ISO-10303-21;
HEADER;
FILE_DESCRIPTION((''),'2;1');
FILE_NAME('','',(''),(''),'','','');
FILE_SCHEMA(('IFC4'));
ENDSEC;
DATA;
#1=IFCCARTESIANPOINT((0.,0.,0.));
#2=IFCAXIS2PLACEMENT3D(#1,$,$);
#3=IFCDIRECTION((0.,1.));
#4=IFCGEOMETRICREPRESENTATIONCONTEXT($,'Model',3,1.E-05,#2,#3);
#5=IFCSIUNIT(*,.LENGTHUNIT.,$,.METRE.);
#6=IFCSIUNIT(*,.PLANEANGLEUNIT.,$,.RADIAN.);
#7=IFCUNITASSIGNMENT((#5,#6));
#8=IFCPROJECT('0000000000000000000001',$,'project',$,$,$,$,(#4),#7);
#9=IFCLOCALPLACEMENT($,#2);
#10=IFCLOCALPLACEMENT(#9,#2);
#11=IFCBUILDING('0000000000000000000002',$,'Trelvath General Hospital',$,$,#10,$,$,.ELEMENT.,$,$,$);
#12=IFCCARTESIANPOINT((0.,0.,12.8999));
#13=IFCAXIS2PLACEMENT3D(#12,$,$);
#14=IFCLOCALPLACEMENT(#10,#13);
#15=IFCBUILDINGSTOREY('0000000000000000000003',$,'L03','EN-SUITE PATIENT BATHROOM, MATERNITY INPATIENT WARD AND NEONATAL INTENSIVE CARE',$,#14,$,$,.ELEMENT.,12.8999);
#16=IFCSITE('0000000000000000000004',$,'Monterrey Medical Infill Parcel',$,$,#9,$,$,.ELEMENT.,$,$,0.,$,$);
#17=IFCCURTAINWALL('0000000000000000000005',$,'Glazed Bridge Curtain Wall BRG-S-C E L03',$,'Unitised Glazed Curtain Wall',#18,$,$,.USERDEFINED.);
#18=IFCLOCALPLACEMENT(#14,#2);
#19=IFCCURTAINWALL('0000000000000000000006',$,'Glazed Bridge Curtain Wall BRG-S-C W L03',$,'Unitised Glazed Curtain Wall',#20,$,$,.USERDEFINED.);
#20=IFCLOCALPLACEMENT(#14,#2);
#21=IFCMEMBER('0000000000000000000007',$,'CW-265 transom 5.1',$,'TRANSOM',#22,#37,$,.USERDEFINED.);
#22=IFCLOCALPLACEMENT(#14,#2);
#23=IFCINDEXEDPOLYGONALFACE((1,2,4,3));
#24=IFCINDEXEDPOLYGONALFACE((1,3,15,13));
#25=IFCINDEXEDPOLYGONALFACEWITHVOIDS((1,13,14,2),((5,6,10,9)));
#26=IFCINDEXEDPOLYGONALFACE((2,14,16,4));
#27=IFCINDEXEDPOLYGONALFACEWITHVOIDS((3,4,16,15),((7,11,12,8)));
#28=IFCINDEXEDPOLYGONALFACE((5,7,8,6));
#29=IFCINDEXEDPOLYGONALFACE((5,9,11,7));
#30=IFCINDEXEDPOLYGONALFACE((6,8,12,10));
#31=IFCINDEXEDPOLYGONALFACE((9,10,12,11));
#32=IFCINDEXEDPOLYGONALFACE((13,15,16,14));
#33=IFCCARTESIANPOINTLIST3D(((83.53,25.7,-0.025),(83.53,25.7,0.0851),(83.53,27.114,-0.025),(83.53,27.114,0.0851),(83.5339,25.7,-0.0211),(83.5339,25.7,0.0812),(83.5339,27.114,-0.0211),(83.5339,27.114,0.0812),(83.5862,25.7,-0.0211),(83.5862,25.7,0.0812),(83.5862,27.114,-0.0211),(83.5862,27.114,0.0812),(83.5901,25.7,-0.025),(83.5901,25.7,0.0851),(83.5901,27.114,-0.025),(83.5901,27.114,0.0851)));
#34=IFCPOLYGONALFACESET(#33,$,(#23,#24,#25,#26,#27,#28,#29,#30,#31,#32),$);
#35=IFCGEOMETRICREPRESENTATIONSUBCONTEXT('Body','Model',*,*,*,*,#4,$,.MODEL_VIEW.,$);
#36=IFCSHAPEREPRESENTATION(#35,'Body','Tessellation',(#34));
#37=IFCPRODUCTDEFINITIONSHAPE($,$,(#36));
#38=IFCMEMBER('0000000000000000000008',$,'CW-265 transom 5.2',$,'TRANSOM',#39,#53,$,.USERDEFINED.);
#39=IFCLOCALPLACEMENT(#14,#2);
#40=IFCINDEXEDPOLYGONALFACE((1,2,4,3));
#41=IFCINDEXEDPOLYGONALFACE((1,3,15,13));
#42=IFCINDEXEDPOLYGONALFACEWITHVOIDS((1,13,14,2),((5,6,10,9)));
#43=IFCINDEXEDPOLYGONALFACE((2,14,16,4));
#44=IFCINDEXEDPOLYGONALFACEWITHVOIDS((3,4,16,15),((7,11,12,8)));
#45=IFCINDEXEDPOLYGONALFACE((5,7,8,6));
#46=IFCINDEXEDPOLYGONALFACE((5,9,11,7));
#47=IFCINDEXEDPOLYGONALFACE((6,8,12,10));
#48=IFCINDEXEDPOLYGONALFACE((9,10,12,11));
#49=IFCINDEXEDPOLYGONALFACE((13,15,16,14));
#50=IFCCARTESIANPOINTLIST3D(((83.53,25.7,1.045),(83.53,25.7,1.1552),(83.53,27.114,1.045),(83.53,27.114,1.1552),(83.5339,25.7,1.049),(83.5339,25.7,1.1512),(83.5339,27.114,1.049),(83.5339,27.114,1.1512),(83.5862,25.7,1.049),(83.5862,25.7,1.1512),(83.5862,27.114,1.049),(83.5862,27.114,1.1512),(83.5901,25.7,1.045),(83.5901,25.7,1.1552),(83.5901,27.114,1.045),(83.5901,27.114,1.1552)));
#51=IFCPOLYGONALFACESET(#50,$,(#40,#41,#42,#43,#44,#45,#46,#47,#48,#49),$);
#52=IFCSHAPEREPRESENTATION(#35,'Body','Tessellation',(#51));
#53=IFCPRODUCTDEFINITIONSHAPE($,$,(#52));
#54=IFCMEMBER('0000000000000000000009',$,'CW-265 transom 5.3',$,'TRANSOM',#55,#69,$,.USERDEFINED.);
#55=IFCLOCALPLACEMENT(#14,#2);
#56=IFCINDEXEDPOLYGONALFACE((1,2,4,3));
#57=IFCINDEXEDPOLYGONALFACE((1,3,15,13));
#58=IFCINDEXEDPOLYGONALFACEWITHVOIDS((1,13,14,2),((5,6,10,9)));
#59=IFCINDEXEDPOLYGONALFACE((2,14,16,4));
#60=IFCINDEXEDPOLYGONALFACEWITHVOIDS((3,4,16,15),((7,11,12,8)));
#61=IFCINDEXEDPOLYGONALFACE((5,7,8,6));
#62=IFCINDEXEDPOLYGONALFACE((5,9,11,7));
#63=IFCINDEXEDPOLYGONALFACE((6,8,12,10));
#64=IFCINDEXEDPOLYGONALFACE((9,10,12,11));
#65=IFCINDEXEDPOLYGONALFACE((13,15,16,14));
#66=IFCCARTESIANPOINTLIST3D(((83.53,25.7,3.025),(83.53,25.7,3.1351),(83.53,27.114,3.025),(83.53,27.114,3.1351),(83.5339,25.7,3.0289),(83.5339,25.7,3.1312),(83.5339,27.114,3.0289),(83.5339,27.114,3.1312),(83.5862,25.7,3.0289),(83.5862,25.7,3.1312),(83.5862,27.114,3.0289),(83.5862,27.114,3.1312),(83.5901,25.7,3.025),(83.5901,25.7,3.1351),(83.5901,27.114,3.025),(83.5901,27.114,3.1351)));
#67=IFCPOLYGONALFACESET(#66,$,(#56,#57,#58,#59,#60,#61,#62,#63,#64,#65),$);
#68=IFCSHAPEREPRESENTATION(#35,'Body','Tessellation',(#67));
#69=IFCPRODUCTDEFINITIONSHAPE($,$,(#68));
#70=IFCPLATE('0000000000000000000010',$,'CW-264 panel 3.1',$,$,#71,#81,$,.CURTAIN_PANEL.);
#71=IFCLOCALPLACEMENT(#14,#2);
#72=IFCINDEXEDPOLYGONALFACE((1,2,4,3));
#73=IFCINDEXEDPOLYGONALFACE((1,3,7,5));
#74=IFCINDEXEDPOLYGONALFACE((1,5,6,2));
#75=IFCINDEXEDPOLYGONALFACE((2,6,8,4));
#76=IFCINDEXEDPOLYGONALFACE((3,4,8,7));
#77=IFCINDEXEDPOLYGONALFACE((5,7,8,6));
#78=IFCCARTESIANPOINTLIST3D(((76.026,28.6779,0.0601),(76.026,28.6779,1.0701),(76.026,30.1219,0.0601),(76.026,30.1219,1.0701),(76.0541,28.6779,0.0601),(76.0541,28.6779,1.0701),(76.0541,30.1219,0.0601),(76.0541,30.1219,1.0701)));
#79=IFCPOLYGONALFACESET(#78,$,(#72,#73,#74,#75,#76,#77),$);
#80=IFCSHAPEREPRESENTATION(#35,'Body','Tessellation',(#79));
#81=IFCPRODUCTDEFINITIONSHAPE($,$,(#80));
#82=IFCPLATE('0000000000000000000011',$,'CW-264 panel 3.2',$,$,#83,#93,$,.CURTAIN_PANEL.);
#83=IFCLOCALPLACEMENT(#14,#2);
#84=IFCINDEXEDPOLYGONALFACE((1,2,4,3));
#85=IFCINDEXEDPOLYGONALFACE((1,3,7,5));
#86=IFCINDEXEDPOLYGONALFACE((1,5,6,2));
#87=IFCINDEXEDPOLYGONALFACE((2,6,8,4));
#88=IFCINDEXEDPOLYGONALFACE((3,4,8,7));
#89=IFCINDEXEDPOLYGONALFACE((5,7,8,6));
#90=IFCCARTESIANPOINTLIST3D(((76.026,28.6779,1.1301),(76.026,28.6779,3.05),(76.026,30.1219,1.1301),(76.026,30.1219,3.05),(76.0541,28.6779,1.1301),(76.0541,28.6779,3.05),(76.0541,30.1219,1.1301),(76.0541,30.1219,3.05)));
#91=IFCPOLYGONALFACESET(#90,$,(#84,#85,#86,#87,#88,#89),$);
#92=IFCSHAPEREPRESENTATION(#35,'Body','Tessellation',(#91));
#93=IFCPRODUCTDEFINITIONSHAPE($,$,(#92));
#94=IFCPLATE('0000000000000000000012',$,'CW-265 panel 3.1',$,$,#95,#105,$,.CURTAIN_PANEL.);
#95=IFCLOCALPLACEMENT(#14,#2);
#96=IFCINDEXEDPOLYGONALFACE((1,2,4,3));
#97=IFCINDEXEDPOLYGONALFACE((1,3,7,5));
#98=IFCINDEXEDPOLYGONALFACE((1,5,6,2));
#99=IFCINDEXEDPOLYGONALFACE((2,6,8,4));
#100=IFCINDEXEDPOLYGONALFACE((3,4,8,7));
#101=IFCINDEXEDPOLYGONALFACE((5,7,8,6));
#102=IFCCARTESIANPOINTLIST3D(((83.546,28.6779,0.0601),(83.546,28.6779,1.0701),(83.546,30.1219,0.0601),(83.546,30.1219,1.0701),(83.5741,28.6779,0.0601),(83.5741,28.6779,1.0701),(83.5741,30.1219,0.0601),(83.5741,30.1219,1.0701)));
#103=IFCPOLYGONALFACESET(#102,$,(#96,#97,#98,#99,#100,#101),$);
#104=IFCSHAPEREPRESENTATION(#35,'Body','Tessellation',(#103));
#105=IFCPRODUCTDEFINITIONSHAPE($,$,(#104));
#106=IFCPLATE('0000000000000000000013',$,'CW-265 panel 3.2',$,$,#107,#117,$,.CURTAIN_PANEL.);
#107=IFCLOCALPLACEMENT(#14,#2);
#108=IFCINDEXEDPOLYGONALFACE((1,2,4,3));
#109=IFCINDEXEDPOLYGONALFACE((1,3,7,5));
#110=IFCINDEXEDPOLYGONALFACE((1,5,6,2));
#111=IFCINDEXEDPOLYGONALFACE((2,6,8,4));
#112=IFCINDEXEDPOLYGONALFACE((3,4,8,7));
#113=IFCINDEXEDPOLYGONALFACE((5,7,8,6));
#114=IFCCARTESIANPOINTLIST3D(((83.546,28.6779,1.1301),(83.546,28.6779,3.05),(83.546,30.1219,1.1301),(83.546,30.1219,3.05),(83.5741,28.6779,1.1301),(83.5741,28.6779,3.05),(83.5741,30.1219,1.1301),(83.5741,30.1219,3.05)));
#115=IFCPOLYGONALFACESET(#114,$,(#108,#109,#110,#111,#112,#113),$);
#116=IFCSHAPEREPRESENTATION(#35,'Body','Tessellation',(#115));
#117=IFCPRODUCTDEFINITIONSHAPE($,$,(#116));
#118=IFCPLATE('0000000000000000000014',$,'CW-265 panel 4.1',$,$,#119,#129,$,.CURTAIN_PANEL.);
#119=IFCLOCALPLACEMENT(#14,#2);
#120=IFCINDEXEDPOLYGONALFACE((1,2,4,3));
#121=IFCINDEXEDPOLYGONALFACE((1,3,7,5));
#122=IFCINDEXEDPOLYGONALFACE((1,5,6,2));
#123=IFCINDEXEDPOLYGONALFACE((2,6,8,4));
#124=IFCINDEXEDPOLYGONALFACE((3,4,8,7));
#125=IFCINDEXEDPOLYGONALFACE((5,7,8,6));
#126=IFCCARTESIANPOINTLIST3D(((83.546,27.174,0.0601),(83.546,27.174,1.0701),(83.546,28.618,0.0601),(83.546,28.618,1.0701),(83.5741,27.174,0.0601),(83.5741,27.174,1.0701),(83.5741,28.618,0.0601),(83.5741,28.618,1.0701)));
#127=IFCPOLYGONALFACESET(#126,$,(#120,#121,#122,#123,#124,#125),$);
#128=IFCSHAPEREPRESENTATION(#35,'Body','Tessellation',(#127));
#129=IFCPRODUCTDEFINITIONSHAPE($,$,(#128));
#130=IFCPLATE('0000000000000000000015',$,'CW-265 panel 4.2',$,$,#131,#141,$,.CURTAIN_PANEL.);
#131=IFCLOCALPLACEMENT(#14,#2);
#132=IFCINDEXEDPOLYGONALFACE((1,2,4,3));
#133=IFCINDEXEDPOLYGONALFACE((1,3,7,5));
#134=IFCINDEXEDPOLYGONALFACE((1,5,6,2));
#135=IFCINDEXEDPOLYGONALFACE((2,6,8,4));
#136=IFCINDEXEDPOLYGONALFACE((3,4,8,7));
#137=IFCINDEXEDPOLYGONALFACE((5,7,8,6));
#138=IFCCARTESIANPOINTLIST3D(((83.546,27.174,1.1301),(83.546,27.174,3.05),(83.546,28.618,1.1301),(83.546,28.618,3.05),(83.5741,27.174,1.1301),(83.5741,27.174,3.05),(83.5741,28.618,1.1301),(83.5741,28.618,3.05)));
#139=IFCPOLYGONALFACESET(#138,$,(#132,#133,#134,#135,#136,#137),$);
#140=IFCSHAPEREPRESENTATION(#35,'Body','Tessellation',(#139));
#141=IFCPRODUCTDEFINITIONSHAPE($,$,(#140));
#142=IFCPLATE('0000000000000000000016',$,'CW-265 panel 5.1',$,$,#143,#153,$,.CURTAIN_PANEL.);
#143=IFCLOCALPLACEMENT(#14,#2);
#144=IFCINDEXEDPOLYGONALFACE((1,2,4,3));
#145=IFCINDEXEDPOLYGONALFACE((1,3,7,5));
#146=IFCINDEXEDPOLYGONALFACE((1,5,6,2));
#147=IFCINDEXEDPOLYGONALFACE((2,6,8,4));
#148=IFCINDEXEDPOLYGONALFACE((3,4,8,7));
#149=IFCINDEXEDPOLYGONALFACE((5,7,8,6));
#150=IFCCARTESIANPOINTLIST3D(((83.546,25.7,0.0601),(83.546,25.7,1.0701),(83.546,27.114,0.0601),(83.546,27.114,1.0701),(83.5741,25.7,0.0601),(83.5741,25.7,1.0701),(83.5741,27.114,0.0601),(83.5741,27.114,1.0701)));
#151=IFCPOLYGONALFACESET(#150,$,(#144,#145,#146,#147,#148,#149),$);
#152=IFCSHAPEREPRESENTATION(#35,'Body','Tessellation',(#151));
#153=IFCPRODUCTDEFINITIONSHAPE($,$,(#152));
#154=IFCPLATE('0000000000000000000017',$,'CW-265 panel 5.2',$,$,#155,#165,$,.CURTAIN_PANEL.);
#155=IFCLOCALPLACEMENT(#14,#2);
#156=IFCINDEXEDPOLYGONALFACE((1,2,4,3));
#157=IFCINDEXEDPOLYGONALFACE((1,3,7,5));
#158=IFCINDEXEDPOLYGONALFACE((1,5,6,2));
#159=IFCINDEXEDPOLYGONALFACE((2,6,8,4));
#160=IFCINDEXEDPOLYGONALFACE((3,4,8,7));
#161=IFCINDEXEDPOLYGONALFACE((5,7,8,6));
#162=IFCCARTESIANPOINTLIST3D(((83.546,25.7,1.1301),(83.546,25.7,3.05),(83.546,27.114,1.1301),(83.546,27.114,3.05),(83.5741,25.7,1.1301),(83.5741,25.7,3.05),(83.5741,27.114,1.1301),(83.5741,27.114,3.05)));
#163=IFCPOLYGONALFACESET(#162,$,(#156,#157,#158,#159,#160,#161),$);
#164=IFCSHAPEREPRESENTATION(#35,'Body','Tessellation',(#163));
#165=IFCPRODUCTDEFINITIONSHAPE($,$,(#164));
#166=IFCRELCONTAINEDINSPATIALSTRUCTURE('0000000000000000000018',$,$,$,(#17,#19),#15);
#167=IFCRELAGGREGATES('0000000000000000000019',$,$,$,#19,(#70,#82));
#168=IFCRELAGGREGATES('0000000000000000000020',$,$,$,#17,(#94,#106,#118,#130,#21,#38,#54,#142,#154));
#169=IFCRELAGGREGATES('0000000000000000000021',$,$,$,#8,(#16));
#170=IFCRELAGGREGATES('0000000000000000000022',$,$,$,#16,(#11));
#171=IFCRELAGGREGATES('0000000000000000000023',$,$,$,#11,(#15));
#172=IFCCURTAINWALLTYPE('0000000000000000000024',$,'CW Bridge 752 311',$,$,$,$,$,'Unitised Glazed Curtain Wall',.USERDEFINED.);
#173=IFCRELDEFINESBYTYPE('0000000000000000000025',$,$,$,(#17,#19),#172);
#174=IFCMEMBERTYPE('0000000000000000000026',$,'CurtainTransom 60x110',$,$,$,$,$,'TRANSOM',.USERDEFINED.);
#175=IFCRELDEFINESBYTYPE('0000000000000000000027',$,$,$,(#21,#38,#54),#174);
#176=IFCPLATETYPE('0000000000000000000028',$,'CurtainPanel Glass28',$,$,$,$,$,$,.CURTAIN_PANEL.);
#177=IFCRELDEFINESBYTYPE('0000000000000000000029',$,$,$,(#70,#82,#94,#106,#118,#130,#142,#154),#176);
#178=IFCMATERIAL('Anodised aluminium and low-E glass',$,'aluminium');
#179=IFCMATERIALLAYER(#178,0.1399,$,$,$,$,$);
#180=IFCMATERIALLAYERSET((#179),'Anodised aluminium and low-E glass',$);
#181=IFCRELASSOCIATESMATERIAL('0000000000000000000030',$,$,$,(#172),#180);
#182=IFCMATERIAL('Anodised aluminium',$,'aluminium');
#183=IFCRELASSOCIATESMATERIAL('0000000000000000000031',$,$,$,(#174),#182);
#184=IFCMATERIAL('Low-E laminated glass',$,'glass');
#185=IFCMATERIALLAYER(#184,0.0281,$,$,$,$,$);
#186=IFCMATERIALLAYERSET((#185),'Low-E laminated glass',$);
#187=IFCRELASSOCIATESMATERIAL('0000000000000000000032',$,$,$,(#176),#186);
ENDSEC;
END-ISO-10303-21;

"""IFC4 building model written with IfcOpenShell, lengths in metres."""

from ifc_helpers import new_model, si_unit, direction, frame, origin, origin_2d, place, context, subcontext, project, spatial, rectangle, hollow_rectangle, extrude, material, layer, layer_set, material_profile, profile_set, type_object, element, aggregate, save


model = new_model("IFC4")

# Units and contexts
model_context = context("Model", 3, precision=1e-05, world=origin(), true_north=direction((0.0, 1.0)))
body_context = subcontext(model_context, "Body", "Model", "MODEL_VIEW")
ifc_project = project(units=[si_unit("LENGTHUNIT", "METRE"), si_unit("PLANEANGLEUNIT", "RADIAN")], contexts=[model_context])

# Site, building, storey
site_placement = place(None, origin())
site = spatial("IfcSite", under=ifc_project, at=site_placement, Name="Monterrey Medical Infill Parcel", CompositionType="ELEMENT", RefElevation=0.0)
building_placement = place(site_placement, origin())
building = spatial("IfcBuilding", under=site, at=building_placement, Name="Trelvath General Hospital", CompositionType="ELEMENT")
storey_placement = place(building_placement, frame((0.0, 0.0, 12.8999)))
storey = spatial("IfcBuildingStorey", under=building, at=storey_placement, Name="L03", Description="EN-SUITE PATIENT BATHROOM, MATERNITY INPATIENT WARD AND NEONATAL INTENSIVE CARE", CompositionType="ELEMENT", Elevation=12.8999)

# Curtain walls
ifc_material_1 = material(Name="Anodised aluminium and low-E glass", Category="aluminium")
ifc_layer_1 = layer(ifc_material_1, 0.1399)
ifc_layer_set_1 = layer_set([ifc_layer_1], Name="Anodised aluminium and low-E glass")
curtain_wall_type = type_object("IfcCurtainWallType", Name="CW Bridge 752 311", ElementType="Unitised Glazed Curtain Wall", PredefinedType="USERDEFINED", material=ifc_layer_set_1)
curtain_wall_1_placement = place(storey_placement, origin())
curtain_wall_1 = element("IfcCurtainWall", 1, at=curtain_wall_1_placement, inside=storey, type_object=curtain_wall_type, Name="Glazed Bridge Curtain Wall BRG-S-C E L03", ObjectType="Unitised Glazed Curtain Wall", PredefinedType="USERDEFINED")
curtain_wall_2_placement = place(storey_placement, origin())
curtain_wall_2 = element("IfcCurtainWall", 2, at=curtain_wall_2_placement, inside=storey, type_object=curtain_wall_type, Name="Glazed Bridge Curtain Wall BRG-S-C W L03", ObjectType="Unitised Glazed Curtain Wall", PredefinedType="USERDEFINED")
ifc_material_2 = material(Name="Anodised aluminium", Category="aluminium")
ifc_material_profile_1 = material_profile(ifc_material_2, hollow_rectangle(XDim=0.0601, YDim=0.1101, WallThickness=0.0039, at=origin_2d()), Name="RHS60x110x4")
ifc_profile_set_1 = profile_set([ifc_material_profile_1], Name="Anodised aluminium")
member_type_1 = type_object("IfcMemberType", Name="CurtainTransom 60x110", ElementType="TRANSOM", PredefinedType="USERDEFINED", material=ifc_profile_set_1)

# Members
member_1_placement = place(storey_placement, frame((83.5601, 27.114, 0.03), z_axis=(0.0, -1.0, 0.0), x_axis=(1.0, 0.0, 0.0)))
member_1 = element("IfcMember", 3, at=member_1_placement, type_object=member_type_1, Name="CW-265 transom 5.1", ObjectType="TRANSOM", PredefinedType="USERDEFINED", context=body_context, shape_type="SweptSolid", body=[
    extrude(hollow_rectangle(XDim=0.0601, YDim=0.1101, WallThickness=0.0039, at=origin_2d()), origin(), (0.0, 0.0, 1.0), 1.4141),
])
member_2_placement = place(storey_placement, frame((83.5601, 27.114, 1.1001), z_axis=(0.0, -1.0, 0.0), x_axis=(1.0, 0.0, 0.0)))
member_2 = element("IfcMember", 4, at=member_2_placement, type_object=member_type_1, Name="CW-265 transom 5.2", ObjectType="TRANSOM", PredefinedType="USERDEFINED", context=body_context, shape_type="SweptSolid", body=[
    extrude(hollow_rectangle(XDim=0.0601, YDim=0.1101, WallThickness=0.0039, at=origin_2d()), origin(), (0.0, 0.0, 1.0), 1.4141),
])
member_3_placement = place(storey_placement, frame((83.5601, 27.114, 3.0801), z_axis=(0.0, -1.0, 0.0), x_axis=(1.0, 0.0, 0.0)))
member_3 = element("IfcMember", 5, at=member_3_placement, type_object=member_type_1, Name="CW-265 transom 5.3", ObjectType="TRANSOM", PredefinedType="USERDEFINED", context=body_context, shape_type="SweptSolid", body=[
    extrude(hollow_rectangle(XDim=0.0601, YDim=0.1101, WallThickness=0.0039, at=origin_2d()), origin(), (0.0, 0.0, 1.0), 1.4141),
])

# Plates
ifc_material_3 = material(Name="Low-E laminated glass", Category="glass")
ifc_layer_2 = layer(ifc_material_3, 0.0281)
ifc_layer_set_2 = layer_set([ifc_layer_2], Name="Low-E laminated glass")
plate_type = type_object("IfcPlateType", Name="CurtainPanel Glass28", PredefinedType="CURTAIN_PANEL", material=ifc_layer_set_2)
plate_1_placement = place(storey_placement, frame((76.04, 29.3999, 0.0601), z_axis=(0.0, 0.0, 1.0), x_axis=(0.0, 1.0, 0.0)))
plate_1 = element("IfcPlate", 6, at=plate_1_placement, type_object=plate_type, Name="CW-264 panel 3.1", PredefinedType="CURTAIN_PANEL", context=body_context, shape_type="SweptSolid", body=[
    extrude(rectangle(XDim=1.4441, YDim=0.0281, at=origin_2d()), origin(), (0.0, 0.0, 1.0), 1.01),
])
plate_2_placement = place(storey_placement, frame((76.04, 29.3999, 1.1301), z_axis=(0.0, 0.0, 1.0), x_axis=(0.0, 1.0, 0.0)))
plate_2 = element("IfcPlate", 7, at=plate_2_placement, type_object=plate_type, Name="CW-264 panel 3.2", PredefinedType="CURTAIN_PANEL", context=body_context, shape_type="SweptSolid", body=[
    extrude(rectangle(XDim=1.4441, YDim=0.0281, at=origin_2d()), origin(), (0.0, 0.0, 1.0), 1.9199),
])
aggregate(curtain_wall_2, [plate_1, plate_2])
plate_3_placement = place(storey_placement, frame((83.5601, 29.3999, 0.0601), z_axis=(0.0, 0.0, 1.0), x_axis=(0.0, -1.0, 0.0)))
plate_3 = element("IfcPlate", 8, at=plate_3_placement, type_object=plate_type, Name="CW-265 panel 3.1", PredefinedType="CURTAIN_PANEL", context=body_context, shape_type="SweptSolid", body=[
    extrude(rectangle(XDim=1.4441, YDim=0.0281, at=origin_2d()), origin(), (0.0, 0.0, 1.0), 1.01),
])
plate_4_placement = place(storey_placement, frame((83.5601, 29.3999, 1.1301), z_axis=(0.0, 0.0, 1.0), x_axis=(0.0, -1.0, 0.0)))
plate_4 = element("IfcPlate", 9, at=plate_4_placement, type_object=plate_type, Name="CW-265 panel 3.2", PredefinedType="CURTAIN_PANEL", context=body_context, shape_type="SweptSolid", body=[
    extrude(rectangle(XDim=1.4441, YDim=0.0281, at=origin_2d()), origin(), (0.0, 0.0, 1.0), 1.9199),
])
plate_5_placement = place(storey_placement, frame((83.5601, 27.896, 0.0601), z_axis=(0.0, 0.0, 1.0), x_axis=(0.0, -1.0, 0.0)))
plate_5 = element("IfcPlate", 10, at=plate_5_placement, type_object=plate_type, Name="CW-265 panel 4.1", PredefinedType="CURTAIN_PANEL", context=body_context, shape_type="SweptSolid", body=[
    extrude(rectangle(XDim=1.4441, YDim=0.0281, at=origin_2d()), origin(), (0.0, 0.0, 1.0), 1.01),
])
plate_6_placement = place(storey_placement, frame((83.5601, 27.896, 1.1301), z_axis=(0.0, 0.0, 1.0), x_axis=(0.0, -1.0, 0.0)))
plate_6 = element("IfcPlate", 11, at=plate_6_placement, type_object=plate_type, Name="CW-265 panel 4.2", PredefinedType="CURTAIN_PANEL", context=body_context, shape_type="SweptSolid", body=[
    extrude(rectangle(XDim=1.4441, YDim=0.0281, at=origin_2d()), origin(), (0.0, 0.0, 1.0), 1.9199),
])
plate_7_placement = place(storey_placement, frame((83.5601, 26.407, 0.0601), z_axis=(0.0, 0.0, 1.0), x_axis=(0.0, -1.0, 0.0)))
plate_7 = element("IfcPlate", 12, at=plate_7_placement, type_object=plate_type, Name="CW-265 panel 5.1", PredefinedType="CURTAIN_PANEL", context=body_context, shape_type="SweptSolid", body=[
    extrude(rectangle(XDim=1.4141, YDim=0.0281, at=origin_2d()), origin(), (0.0, 0.0, 1.0), 1.01),
])
plate_8_placement = place(storey_placement, frame((83.5601, 26.407, 1.1301), z_axis=(0.0, 0.0, 1.0), x_axis=(0.0, -1.0, 0.0)))
plate_8 = element("IfcPlate", 13, at=plate_8_placement, type_object=plate_type, Name="CW-265 panel 5.2", PredefinedType="CURTAIN_PANEL", context=body_context, shape_type="SweptSolid", body=[
    extrude(rectangle(XDim=1.4141, YDim=0.0281, at=origin_2d()), origin(), (0.0, 0.0, 1.0), 1.9199),
])
aggregate(curtain_wall_1, [plate_3, plate_4, plate_5, plate_6, member_1, member_2, member_3, plate_7, plate_8])

save(model, "model.ifc")
